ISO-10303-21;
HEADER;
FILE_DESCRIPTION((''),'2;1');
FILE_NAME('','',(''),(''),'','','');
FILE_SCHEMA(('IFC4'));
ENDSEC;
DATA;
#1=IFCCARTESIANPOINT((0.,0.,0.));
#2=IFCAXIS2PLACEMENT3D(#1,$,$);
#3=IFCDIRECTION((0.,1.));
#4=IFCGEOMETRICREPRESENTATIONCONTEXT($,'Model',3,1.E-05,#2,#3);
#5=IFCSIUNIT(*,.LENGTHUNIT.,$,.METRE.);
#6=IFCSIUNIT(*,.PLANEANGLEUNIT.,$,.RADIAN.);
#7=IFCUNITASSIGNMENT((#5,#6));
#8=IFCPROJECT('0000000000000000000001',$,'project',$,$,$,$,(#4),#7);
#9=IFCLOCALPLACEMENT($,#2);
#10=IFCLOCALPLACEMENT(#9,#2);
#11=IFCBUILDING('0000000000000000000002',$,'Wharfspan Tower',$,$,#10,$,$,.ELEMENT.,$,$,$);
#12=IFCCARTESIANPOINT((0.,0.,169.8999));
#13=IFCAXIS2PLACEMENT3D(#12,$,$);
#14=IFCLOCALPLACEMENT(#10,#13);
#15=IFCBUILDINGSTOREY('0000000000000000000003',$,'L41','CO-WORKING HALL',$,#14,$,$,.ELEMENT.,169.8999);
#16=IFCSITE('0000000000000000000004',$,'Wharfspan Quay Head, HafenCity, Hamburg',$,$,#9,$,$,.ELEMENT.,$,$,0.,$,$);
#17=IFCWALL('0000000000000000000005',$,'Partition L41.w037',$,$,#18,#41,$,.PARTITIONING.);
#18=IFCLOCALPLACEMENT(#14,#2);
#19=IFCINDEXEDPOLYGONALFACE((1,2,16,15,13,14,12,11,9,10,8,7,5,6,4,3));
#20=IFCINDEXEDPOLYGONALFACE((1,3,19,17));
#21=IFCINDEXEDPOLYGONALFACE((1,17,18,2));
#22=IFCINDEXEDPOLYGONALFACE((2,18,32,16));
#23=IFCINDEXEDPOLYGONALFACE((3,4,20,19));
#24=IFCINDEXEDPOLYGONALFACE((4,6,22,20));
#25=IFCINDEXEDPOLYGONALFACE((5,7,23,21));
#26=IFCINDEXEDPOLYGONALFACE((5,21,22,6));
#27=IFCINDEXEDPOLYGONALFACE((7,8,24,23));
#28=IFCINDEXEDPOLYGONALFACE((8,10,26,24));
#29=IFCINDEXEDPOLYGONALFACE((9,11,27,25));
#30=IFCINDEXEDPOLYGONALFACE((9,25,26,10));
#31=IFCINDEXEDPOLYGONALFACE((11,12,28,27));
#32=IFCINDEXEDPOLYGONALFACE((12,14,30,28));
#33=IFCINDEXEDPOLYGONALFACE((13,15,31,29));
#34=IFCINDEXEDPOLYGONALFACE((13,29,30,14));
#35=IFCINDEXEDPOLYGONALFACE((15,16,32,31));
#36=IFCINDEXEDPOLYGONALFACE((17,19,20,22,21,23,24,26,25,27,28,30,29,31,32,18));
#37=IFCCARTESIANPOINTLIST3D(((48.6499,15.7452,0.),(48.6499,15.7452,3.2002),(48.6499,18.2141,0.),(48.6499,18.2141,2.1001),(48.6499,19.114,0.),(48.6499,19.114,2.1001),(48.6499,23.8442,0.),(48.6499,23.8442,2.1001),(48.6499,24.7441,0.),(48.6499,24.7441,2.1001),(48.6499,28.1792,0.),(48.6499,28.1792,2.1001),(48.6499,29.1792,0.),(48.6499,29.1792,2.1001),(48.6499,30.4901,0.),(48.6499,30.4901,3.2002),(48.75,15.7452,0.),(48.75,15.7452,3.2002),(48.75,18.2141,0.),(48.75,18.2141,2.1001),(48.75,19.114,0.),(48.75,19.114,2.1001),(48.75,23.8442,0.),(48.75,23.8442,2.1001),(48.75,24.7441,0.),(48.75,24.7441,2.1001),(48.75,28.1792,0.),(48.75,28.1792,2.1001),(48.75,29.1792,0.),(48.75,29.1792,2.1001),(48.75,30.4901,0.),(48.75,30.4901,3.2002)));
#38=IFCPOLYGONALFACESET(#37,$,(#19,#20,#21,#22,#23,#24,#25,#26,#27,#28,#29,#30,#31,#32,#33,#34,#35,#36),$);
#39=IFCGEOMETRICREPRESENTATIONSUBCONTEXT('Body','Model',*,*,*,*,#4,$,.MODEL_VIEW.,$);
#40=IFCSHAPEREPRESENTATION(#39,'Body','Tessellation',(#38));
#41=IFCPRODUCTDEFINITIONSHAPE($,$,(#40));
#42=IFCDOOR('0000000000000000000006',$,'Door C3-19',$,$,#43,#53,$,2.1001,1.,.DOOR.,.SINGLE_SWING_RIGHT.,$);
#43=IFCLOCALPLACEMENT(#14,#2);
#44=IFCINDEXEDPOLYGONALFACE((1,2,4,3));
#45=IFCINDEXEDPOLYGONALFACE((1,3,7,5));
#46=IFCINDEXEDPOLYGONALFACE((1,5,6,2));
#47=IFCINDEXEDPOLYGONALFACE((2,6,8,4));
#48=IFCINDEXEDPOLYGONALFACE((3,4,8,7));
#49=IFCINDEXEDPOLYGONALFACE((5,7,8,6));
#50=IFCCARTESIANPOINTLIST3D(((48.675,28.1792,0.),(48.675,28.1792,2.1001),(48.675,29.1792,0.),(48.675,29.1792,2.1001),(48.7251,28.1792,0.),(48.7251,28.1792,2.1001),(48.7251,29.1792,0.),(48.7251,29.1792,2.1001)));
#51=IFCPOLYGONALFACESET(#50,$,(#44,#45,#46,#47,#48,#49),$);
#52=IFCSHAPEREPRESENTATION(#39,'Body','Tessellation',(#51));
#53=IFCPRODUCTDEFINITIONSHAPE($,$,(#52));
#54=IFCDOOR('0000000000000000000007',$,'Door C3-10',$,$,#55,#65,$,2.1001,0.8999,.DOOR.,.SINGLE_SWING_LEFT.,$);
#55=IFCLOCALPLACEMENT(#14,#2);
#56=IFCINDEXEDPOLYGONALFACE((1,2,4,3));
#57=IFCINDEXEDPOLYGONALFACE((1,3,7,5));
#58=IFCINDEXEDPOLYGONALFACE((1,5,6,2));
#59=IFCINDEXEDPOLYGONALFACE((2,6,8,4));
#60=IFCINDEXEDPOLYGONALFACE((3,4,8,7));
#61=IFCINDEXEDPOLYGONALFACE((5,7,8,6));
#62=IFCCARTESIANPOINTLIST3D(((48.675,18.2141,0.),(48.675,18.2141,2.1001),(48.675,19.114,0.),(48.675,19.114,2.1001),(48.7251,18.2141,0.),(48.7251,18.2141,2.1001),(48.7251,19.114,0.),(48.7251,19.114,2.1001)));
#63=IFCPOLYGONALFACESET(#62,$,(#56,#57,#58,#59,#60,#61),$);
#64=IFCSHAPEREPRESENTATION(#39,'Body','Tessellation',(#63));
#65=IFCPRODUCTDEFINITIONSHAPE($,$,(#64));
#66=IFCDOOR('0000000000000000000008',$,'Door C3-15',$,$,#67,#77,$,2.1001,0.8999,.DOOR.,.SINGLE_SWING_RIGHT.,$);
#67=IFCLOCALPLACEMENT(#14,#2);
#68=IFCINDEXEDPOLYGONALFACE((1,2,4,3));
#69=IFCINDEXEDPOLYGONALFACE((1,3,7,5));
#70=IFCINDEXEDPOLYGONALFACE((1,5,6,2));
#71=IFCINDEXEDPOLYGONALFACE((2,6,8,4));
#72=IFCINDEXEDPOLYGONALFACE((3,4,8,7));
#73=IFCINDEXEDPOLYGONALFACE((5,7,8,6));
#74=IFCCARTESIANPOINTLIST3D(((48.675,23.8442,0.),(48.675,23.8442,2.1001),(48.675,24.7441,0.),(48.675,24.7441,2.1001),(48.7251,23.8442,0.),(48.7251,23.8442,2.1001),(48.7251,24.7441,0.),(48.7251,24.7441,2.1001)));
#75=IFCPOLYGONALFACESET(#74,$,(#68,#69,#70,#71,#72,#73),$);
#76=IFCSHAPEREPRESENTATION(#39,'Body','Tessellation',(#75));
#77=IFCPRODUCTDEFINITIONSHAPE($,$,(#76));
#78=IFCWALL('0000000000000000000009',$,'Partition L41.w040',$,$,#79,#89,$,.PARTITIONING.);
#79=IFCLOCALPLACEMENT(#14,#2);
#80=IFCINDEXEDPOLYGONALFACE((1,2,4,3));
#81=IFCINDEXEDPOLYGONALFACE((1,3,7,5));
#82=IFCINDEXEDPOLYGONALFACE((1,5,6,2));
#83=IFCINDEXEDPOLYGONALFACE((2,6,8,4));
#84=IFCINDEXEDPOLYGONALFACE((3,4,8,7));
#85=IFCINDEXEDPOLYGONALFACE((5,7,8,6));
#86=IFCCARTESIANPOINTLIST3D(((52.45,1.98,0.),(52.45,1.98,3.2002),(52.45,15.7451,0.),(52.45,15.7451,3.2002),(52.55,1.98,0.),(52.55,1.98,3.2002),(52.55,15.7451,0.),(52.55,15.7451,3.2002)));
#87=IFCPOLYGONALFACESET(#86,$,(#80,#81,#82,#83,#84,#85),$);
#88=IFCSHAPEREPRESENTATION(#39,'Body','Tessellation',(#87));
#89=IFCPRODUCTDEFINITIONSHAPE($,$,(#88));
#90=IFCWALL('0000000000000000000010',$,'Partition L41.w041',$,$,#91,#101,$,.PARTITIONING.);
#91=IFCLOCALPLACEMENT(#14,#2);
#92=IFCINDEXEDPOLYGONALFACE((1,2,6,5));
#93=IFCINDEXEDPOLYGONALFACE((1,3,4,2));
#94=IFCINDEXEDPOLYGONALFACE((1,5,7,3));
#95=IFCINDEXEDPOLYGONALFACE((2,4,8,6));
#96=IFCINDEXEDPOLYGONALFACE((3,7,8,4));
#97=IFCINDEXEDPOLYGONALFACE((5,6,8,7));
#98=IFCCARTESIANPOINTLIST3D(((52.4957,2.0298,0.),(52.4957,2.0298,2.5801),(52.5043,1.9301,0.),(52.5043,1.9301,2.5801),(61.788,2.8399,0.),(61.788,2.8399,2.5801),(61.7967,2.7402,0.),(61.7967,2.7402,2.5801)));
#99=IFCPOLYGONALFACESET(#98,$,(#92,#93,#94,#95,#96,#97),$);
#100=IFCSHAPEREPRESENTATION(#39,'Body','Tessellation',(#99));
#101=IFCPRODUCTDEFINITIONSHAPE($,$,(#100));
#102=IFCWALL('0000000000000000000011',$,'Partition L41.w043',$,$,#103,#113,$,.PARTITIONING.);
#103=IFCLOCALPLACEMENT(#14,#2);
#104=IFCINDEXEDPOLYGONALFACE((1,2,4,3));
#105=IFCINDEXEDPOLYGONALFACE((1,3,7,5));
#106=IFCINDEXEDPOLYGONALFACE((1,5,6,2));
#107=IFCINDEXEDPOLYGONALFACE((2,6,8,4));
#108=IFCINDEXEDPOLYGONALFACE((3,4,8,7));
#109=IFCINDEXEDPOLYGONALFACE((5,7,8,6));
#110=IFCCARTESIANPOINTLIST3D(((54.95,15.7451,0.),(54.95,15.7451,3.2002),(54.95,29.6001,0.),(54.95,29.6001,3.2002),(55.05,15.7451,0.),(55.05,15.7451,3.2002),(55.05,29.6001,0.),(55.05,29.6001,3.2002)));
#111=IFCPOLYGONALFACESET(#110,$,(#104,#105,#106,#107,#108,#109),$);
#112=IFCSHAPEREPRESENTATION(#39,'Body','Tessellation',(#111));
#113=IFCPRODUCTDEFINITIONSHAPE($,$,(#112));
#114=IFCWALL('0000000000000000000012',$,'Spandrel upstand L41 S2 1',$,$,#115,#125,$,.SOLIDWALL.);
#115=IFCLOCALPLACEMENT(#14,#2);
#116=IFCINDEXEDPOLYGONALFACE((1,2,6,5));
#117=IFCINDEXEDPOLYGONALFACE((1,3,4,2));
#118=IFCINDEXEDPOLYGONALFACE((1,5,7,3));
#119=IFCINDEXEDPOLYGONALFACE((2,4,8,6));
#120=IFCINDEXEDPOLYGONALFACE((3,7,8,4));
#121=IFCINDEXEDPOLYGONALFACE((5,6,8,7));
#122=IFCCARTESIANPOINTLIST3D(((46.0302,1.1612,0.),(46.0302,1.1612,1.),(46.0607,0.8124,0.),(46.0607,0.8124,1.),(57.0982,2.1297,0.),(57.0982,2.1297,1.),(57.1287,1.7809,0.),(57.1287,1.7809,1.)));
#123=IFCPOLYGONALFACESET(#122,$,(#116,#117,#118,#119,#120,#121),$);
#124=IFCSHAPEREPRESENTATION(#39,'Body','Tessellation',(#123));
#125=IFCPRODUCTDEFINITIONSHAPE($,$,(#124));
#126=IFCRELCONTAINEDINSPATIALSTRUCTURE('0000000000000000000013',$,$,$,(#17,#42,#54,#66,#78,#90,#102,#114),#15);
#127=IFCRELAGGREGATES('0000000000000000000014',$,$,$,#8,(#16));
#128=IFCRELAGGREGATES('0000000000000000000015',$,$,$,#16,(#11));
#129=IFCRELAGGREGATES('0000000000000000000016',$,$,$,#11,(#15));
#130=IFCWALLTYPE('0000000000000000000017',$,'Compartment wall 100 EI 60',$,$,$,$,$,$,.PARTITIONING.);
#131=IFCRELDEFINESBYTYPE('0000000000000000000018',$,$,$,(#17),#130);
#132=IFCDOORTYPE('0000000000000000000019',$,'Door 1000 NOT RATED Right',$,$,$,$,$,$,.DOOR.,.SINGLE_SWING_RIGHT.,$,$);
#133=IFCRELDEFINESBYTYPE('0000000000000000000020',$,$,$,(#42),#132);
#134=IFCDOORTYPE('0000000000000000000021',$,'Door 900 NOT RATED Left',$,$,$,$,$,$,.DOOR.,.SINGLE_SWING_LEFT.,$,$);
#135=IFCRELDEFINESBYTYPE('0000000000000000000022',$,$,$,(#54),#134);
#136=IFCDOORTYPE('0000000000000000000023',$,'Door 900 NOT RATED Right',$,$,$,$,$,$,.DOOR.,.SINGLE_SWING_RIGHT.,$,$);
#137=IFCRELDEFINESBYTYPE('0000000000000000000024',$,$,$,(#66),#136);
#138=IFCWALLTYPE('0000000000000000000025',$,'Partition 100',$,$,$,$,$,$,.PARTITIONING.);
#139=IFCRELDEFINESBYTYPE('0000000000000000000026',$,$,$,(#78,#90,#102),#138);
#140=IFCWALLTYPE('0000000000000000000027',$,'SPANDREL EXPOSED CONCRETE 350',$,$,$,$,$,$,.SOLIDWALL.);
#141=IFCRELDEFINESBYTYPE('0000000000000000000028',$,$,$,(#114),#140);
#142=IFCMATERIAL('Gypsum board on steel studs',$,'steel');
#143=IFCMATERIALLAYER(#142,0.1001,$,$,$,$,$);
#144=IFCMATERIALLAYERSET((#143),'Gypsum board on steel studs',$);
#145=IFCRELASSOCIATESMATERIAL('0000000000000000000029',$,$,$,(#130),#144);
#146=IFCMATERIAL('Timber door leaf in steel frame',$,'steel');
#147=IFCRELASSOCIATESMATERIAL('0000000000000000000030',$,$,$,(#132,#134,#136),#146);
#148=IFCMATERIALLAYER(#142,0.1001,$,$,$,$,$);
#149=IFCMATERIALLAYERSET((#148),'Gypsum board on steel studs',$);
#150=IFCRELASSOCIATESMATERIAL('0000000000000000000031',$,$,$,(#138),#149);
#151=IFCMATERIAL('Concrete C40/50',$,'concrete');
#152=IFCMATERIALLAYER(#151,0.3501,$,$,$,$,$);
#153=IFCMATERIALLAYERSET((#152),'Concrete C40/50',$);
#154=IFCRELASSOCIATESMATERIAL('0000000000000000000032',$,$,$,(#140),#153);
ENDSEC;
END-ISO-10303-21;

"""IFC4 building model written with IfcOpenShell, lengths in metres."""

from ifc_helpers import new_model, si_unit, direction, frame, frame_2d, origin, place, context, subcontext, project, spatial, rectangle, extrude, material, layer, layer_set, type_object, element, fill, save


model = new_model("IFC4")

# Units and contexts
model_context = context("Model", 3, precision=1e-05, world=origin(), true_north=direction((0.0, 1.0)))
body_context = subcontext(model_context, "Body", "Model", "MODEL_VIEW")
ifc_project = project(units=[si_unit("LENGTHUNIT", "METRE"), si_unit("PLANEANGLEUNIT", "RADIAN")], contexts=[model_context])

# Site, building, storey
site_placement = place(None, origin())
site = spatial("IfcSite", under=ifc_project, at=site_placement, Name="Wharfspan Quay Head, HafenCity, Hamburg", CompositionType="ELEMENT", RefElevation=0.0)
building_placement = place(site_placement, origin())
building = spatial("IfcBuilding", under=site, at=building_placement, Name="Wharfspan Tower", CompositionType="ELEMENT")
storey_placement = place(building_placement, frame((0.0, 0.0, 169.8999)))
storey = spatial("IfcBuildingStorey", under=building, at=storey_placement, Name="L41", Description="CO-WORKING HALL", CompositionType="ELEMENT", Elevation=169.8999)

# Shared definitions
ifc_material_1 = material(Name="Gypsum board on steel studs", Category="steel")
ifc_layer_1 = layer(ifc_material_1, 0.1001)
ifc_layer_set_1 = layer_set([ifc_layer_1], Name="Gypsum board on steel studs")
wall_type_1 = type_object("IfcWallType", Name="Compartment wall 100 EI 60", PredefinedType="PARTITIONING", material=ifc_layer_set_1)

# Wall, openings, doors
wall_1_placement = place(storey_placement, frame((48.7, 15.7451, 0.0), z_axis=(0.0, 0.0, 1.0), x_axis=(0.0, 1.0, 0.0)))
wall_1 = element("IfcWall", 1, at=wall_1_placement, inside=storey, type_object=wall_type_1, Name="Partition L41.w037", PredefinedType="PARTITIONING", context=body_context, shape_type="SweptSolid", body=[
    extrude(rectangle(XDim=14.7449, YDim=0.1001, at=frame_2d((7.3726, 0.0))), origin(), (0.0, 0.0, 1.0), 3.2002),
])
opening_1_placement = place(wall_1_placement, frame((2.469, 0.0, 0.0)))
opening_1 = element("IfcOpeningElement", 2, at=opening_1_placement, cuts=wall_1, PredefinedType="OPENING", context=body_context, shape_type="SweptSolid", body=[
    extrude(rectangle(XDim=0.8999, YDim=2.1001, at=frame_2d((0.45, 1.05))), frame((0.0, 0.0601, 0.0), z_axis=(0.0, -1.0, 0.0), x_axis=(1.0, 0.0, 0.0)), (0.0, 0.0, 1.0), 0.1201),
])
opening_2_placement = place(wall_1_placement, frame((8.0991, 0.0, 0.0)))
opening_2 = element("IfcOpeningElement", 3, at=opening_2_placement, cuts=wall_1, PredefinedType="OPENING", context=body_context, shape_type="SweptSolid", body=[
    extrude(rectangle(XDim=0.8999, YDim=2.1001, at=frame_2d((0.45, 1.05))), frame((0.0, 0.0601, 0.0), z_axis=(0.0, -1.0, 0.0), x_axis=(1.0, 0.0, 0.0)), (0.0, 0.0, 1.0), 0.1201),
])
opening_3_placement = place(wall_1_placement, frame((12.4341, 0.0, 0.0)))
opening_3 = element("IfcOpeningElement", 4, at=opening_3_placement, cuts=wall_1, PredefinedType="OPENING", context=body_context, shape_type="SweptSolid", body=[
    extrude(rectangle(XDim=1.0, YDim=2.1001, at=frame_2d((0.5, 1.05))), frame((0.0, 0.0601, 0.0), z_axis=(0.0, -1.0, 0.0), x_axis=(1.0, 0.0, 0.0)), (0.0, 0.0, 1.0), 0.1201),
])
ifc_material_2 = material(Name="Timber door leaf in steel frame", Category="steel")
door_type_1 = type_object("IfcDoorType", Name="Door 1000 NOT RATED Right", OperationType="SINGLE_SWING_RIGHT", PredefinedType="DOOR", material=ifc_material_2)
door_1_placement = place(opening_3_placement, origin())
door_1 = element("IfcDoor", 5, at=door_1_placement, inside=storey, type_object=door_type_1, Name="Door C3-19", OperationType="SINGLE_SWING_RIGHT", OverallHeight=2.1001, OverallWidth=1.0, PredefinedType="DOOR", context=body_context, shape_type="SweptSolid", body=[
    extrude(rectangle(XDim=1.0, YDim=2.1001, at=frame_2d((0.5, 1.05))), frame((0.0, 0.0249, 0.0), z_axis=(0.0, -1.0, 0.0), x_axis=(1.0, 0.0, 0.0)), (0.0, 0.0, 1.0), 0.05),
])
fill(opening_3, door_1)
door_type_2 = type_object("IfcDoorType", Name="Door 900 NOT RATED Left", OperationType="SINGLE_SWING_LEFT", PredefinedType="DOOR", material=ifc_material_2)
door_2_placement = place(opening_1_placement, origin())
door_2 = element("IfcDoor", 6, at=door_2_placement, inside=storey, type_object=door_type_2, Name="Door C3-10", OperationType="SINGLE_SWING_LEFT", OverallHeight=2.1001, OverallWidth=0.8999, PredefinedType="DOOR", context=body_context, shape_type="SweptSolid", body=[
    extrude(rectangle(XDim=0.8999, YDim=2.1001, at=frame_2d((0.45, 1.05))), frame((0.0, 0.0249, 0.0), z_axis=(0.0, -1.0, 0.0), x_axis=(1.0, 0.0, 0.0)), (0.0, 0.0, 1.0), 0.05),
])
fill(opening_1, door_2)
door_type_3 = type_object("IfcDoorType", Name="Door 900 NOT RATED Right", OperationType="SINGLE_SWING_RIGHT", PredefinedType="DOOR", material=ifc_material_2)
door_3_placement = place(opening_2_placement, origin())
door_3 = element("IfcDoor", 7, at=door_3_placement, inside=storey, type_object=door_type_3, Name="Door C3-15", OperationType="SINGLE_SWING_RIGHT", OverallHeight=2.1001, OverallWidth=0.8999, PredefinedType="DOOR", context=body_context, shape_type="SweptSolid", body=[
    extrude(rectangle(XDim=0.8999, YDim=2.1001, at=frame_2d((0.45, 1.05))), frame((0.0, 0.0249, 0.0), z_axis=(0.0, -1.0, 0.0), x_axis=(1.0, 0.0, 0.0)), (0.0, 0.0, 1.0), 0.05),
])
fill(opening_2, door_3)

# Walls
ifc_layer_2 = layer(ifc_material_1, 0.1001)
ifc_layer_set_2 = layer_set([ifc_layer_2], Name="Gypsum board on steel studs")
wall_type_2 = type_object("IfcWallType", Name="Partition 100", PredefinedType="PARTITIONING", material=ifc_layer_set_2)
wall_2_placement = place(storey_placement, frame((52.5, 1.98, 0.0), z_axis=(0.0, 0.0, 1.0), x_axis=(0.0, 1.0, 0.0)))
element("IfcWall", 8, at=wall_2_placement, inside=storey, type_object=wall_type_2, Name="Partition L41.w040", PredefinedType="PARTITIONING", context=body_context, shape_type="SweptSolid", body=[
    extrude(rectangle(XDim=13.7651, YDim=0.1001, at=frame_2d((6.8826, 0.0))), origin(), (0.0, 0.0, 1.0), 3.2002),
])
wall_3_placement = place(storey_placement, frame((52.5, 1.98, 0.0), z_axis=(0.0, 0.0, 1.0), x_axis=(0.99622, 0.086844, 0.0)))
element("IfcWall", 9, at=wall_3_placement, inside=storey, type_object=wall_type_2, Name="Partition L41.w041", PredefinedType="PARTITIONING", context=body_context, shape_type="SweptSolid", body=[
    extrude(rectangle(XDim=9.3276, YDim=0.1001, at=frame_2d((4.6638, 0.0))), origin(), (0.0, 0.0, 1.0), 2.5801),
])
wall_4_placement = place(storey_placement, frame((55.0, 15.7451, 0.0), z_axis=(0.0, 0.0, 1.0), x_axis=(0.0, 1.0, 0.0)))
element("IfcWall", 10, at=wall_4_placement, inside=storey, type_object=wall_type_2, Name="Partition L41.w043", PredefinedType="PARTITIONING", context=body_context, shape_type="SweptSolid", body=[
    extrude(rectangle(XDim=13.855, YDim=0.1001, at=frame_2d((6.9275, 0.0))), origin(), (0.0, 0.0, 1.0), 3.2002),
])
ifc_material_3 = material(Name="Concrete C40/50", Category="concrete")
ifc_layer_3 = layer(ifc_material_3, 0.3501)
ifc_layer_set_3 = layer_set([ifc_layer_3], Name="Concrete C40/50")
wall_type_3 = type_object("IfcWallType", Name="SPANDREL EXPOSED CONCRETE 350", PredefinedType="SOLIDWALL", material=ifc_layer_set_3)
wall_5_placement = place(storey_placement, frame((46.0454, 0.9868, 0.0), z_axis=(0.0, 0.0, 1.0), x_axis=(0.996193, 0.087171, 0.0)))
element("IfcWall", 11, at=wall_5_placement, inside=storey, type_object=wall_type_3, Name="Spandrel upstand L41 S2 1", PredefinedType="SOLIDWALL", context=body_context, shape_type="SweptSolid", body=[
    extrude(rectangle(XDim=11.1104, YDim=0.3501, at=frame_2d((5.5552, 0.0))), origin(), (0.0, 0.0, 1.0), 1.0),
])

save(model, "model.ifc")
